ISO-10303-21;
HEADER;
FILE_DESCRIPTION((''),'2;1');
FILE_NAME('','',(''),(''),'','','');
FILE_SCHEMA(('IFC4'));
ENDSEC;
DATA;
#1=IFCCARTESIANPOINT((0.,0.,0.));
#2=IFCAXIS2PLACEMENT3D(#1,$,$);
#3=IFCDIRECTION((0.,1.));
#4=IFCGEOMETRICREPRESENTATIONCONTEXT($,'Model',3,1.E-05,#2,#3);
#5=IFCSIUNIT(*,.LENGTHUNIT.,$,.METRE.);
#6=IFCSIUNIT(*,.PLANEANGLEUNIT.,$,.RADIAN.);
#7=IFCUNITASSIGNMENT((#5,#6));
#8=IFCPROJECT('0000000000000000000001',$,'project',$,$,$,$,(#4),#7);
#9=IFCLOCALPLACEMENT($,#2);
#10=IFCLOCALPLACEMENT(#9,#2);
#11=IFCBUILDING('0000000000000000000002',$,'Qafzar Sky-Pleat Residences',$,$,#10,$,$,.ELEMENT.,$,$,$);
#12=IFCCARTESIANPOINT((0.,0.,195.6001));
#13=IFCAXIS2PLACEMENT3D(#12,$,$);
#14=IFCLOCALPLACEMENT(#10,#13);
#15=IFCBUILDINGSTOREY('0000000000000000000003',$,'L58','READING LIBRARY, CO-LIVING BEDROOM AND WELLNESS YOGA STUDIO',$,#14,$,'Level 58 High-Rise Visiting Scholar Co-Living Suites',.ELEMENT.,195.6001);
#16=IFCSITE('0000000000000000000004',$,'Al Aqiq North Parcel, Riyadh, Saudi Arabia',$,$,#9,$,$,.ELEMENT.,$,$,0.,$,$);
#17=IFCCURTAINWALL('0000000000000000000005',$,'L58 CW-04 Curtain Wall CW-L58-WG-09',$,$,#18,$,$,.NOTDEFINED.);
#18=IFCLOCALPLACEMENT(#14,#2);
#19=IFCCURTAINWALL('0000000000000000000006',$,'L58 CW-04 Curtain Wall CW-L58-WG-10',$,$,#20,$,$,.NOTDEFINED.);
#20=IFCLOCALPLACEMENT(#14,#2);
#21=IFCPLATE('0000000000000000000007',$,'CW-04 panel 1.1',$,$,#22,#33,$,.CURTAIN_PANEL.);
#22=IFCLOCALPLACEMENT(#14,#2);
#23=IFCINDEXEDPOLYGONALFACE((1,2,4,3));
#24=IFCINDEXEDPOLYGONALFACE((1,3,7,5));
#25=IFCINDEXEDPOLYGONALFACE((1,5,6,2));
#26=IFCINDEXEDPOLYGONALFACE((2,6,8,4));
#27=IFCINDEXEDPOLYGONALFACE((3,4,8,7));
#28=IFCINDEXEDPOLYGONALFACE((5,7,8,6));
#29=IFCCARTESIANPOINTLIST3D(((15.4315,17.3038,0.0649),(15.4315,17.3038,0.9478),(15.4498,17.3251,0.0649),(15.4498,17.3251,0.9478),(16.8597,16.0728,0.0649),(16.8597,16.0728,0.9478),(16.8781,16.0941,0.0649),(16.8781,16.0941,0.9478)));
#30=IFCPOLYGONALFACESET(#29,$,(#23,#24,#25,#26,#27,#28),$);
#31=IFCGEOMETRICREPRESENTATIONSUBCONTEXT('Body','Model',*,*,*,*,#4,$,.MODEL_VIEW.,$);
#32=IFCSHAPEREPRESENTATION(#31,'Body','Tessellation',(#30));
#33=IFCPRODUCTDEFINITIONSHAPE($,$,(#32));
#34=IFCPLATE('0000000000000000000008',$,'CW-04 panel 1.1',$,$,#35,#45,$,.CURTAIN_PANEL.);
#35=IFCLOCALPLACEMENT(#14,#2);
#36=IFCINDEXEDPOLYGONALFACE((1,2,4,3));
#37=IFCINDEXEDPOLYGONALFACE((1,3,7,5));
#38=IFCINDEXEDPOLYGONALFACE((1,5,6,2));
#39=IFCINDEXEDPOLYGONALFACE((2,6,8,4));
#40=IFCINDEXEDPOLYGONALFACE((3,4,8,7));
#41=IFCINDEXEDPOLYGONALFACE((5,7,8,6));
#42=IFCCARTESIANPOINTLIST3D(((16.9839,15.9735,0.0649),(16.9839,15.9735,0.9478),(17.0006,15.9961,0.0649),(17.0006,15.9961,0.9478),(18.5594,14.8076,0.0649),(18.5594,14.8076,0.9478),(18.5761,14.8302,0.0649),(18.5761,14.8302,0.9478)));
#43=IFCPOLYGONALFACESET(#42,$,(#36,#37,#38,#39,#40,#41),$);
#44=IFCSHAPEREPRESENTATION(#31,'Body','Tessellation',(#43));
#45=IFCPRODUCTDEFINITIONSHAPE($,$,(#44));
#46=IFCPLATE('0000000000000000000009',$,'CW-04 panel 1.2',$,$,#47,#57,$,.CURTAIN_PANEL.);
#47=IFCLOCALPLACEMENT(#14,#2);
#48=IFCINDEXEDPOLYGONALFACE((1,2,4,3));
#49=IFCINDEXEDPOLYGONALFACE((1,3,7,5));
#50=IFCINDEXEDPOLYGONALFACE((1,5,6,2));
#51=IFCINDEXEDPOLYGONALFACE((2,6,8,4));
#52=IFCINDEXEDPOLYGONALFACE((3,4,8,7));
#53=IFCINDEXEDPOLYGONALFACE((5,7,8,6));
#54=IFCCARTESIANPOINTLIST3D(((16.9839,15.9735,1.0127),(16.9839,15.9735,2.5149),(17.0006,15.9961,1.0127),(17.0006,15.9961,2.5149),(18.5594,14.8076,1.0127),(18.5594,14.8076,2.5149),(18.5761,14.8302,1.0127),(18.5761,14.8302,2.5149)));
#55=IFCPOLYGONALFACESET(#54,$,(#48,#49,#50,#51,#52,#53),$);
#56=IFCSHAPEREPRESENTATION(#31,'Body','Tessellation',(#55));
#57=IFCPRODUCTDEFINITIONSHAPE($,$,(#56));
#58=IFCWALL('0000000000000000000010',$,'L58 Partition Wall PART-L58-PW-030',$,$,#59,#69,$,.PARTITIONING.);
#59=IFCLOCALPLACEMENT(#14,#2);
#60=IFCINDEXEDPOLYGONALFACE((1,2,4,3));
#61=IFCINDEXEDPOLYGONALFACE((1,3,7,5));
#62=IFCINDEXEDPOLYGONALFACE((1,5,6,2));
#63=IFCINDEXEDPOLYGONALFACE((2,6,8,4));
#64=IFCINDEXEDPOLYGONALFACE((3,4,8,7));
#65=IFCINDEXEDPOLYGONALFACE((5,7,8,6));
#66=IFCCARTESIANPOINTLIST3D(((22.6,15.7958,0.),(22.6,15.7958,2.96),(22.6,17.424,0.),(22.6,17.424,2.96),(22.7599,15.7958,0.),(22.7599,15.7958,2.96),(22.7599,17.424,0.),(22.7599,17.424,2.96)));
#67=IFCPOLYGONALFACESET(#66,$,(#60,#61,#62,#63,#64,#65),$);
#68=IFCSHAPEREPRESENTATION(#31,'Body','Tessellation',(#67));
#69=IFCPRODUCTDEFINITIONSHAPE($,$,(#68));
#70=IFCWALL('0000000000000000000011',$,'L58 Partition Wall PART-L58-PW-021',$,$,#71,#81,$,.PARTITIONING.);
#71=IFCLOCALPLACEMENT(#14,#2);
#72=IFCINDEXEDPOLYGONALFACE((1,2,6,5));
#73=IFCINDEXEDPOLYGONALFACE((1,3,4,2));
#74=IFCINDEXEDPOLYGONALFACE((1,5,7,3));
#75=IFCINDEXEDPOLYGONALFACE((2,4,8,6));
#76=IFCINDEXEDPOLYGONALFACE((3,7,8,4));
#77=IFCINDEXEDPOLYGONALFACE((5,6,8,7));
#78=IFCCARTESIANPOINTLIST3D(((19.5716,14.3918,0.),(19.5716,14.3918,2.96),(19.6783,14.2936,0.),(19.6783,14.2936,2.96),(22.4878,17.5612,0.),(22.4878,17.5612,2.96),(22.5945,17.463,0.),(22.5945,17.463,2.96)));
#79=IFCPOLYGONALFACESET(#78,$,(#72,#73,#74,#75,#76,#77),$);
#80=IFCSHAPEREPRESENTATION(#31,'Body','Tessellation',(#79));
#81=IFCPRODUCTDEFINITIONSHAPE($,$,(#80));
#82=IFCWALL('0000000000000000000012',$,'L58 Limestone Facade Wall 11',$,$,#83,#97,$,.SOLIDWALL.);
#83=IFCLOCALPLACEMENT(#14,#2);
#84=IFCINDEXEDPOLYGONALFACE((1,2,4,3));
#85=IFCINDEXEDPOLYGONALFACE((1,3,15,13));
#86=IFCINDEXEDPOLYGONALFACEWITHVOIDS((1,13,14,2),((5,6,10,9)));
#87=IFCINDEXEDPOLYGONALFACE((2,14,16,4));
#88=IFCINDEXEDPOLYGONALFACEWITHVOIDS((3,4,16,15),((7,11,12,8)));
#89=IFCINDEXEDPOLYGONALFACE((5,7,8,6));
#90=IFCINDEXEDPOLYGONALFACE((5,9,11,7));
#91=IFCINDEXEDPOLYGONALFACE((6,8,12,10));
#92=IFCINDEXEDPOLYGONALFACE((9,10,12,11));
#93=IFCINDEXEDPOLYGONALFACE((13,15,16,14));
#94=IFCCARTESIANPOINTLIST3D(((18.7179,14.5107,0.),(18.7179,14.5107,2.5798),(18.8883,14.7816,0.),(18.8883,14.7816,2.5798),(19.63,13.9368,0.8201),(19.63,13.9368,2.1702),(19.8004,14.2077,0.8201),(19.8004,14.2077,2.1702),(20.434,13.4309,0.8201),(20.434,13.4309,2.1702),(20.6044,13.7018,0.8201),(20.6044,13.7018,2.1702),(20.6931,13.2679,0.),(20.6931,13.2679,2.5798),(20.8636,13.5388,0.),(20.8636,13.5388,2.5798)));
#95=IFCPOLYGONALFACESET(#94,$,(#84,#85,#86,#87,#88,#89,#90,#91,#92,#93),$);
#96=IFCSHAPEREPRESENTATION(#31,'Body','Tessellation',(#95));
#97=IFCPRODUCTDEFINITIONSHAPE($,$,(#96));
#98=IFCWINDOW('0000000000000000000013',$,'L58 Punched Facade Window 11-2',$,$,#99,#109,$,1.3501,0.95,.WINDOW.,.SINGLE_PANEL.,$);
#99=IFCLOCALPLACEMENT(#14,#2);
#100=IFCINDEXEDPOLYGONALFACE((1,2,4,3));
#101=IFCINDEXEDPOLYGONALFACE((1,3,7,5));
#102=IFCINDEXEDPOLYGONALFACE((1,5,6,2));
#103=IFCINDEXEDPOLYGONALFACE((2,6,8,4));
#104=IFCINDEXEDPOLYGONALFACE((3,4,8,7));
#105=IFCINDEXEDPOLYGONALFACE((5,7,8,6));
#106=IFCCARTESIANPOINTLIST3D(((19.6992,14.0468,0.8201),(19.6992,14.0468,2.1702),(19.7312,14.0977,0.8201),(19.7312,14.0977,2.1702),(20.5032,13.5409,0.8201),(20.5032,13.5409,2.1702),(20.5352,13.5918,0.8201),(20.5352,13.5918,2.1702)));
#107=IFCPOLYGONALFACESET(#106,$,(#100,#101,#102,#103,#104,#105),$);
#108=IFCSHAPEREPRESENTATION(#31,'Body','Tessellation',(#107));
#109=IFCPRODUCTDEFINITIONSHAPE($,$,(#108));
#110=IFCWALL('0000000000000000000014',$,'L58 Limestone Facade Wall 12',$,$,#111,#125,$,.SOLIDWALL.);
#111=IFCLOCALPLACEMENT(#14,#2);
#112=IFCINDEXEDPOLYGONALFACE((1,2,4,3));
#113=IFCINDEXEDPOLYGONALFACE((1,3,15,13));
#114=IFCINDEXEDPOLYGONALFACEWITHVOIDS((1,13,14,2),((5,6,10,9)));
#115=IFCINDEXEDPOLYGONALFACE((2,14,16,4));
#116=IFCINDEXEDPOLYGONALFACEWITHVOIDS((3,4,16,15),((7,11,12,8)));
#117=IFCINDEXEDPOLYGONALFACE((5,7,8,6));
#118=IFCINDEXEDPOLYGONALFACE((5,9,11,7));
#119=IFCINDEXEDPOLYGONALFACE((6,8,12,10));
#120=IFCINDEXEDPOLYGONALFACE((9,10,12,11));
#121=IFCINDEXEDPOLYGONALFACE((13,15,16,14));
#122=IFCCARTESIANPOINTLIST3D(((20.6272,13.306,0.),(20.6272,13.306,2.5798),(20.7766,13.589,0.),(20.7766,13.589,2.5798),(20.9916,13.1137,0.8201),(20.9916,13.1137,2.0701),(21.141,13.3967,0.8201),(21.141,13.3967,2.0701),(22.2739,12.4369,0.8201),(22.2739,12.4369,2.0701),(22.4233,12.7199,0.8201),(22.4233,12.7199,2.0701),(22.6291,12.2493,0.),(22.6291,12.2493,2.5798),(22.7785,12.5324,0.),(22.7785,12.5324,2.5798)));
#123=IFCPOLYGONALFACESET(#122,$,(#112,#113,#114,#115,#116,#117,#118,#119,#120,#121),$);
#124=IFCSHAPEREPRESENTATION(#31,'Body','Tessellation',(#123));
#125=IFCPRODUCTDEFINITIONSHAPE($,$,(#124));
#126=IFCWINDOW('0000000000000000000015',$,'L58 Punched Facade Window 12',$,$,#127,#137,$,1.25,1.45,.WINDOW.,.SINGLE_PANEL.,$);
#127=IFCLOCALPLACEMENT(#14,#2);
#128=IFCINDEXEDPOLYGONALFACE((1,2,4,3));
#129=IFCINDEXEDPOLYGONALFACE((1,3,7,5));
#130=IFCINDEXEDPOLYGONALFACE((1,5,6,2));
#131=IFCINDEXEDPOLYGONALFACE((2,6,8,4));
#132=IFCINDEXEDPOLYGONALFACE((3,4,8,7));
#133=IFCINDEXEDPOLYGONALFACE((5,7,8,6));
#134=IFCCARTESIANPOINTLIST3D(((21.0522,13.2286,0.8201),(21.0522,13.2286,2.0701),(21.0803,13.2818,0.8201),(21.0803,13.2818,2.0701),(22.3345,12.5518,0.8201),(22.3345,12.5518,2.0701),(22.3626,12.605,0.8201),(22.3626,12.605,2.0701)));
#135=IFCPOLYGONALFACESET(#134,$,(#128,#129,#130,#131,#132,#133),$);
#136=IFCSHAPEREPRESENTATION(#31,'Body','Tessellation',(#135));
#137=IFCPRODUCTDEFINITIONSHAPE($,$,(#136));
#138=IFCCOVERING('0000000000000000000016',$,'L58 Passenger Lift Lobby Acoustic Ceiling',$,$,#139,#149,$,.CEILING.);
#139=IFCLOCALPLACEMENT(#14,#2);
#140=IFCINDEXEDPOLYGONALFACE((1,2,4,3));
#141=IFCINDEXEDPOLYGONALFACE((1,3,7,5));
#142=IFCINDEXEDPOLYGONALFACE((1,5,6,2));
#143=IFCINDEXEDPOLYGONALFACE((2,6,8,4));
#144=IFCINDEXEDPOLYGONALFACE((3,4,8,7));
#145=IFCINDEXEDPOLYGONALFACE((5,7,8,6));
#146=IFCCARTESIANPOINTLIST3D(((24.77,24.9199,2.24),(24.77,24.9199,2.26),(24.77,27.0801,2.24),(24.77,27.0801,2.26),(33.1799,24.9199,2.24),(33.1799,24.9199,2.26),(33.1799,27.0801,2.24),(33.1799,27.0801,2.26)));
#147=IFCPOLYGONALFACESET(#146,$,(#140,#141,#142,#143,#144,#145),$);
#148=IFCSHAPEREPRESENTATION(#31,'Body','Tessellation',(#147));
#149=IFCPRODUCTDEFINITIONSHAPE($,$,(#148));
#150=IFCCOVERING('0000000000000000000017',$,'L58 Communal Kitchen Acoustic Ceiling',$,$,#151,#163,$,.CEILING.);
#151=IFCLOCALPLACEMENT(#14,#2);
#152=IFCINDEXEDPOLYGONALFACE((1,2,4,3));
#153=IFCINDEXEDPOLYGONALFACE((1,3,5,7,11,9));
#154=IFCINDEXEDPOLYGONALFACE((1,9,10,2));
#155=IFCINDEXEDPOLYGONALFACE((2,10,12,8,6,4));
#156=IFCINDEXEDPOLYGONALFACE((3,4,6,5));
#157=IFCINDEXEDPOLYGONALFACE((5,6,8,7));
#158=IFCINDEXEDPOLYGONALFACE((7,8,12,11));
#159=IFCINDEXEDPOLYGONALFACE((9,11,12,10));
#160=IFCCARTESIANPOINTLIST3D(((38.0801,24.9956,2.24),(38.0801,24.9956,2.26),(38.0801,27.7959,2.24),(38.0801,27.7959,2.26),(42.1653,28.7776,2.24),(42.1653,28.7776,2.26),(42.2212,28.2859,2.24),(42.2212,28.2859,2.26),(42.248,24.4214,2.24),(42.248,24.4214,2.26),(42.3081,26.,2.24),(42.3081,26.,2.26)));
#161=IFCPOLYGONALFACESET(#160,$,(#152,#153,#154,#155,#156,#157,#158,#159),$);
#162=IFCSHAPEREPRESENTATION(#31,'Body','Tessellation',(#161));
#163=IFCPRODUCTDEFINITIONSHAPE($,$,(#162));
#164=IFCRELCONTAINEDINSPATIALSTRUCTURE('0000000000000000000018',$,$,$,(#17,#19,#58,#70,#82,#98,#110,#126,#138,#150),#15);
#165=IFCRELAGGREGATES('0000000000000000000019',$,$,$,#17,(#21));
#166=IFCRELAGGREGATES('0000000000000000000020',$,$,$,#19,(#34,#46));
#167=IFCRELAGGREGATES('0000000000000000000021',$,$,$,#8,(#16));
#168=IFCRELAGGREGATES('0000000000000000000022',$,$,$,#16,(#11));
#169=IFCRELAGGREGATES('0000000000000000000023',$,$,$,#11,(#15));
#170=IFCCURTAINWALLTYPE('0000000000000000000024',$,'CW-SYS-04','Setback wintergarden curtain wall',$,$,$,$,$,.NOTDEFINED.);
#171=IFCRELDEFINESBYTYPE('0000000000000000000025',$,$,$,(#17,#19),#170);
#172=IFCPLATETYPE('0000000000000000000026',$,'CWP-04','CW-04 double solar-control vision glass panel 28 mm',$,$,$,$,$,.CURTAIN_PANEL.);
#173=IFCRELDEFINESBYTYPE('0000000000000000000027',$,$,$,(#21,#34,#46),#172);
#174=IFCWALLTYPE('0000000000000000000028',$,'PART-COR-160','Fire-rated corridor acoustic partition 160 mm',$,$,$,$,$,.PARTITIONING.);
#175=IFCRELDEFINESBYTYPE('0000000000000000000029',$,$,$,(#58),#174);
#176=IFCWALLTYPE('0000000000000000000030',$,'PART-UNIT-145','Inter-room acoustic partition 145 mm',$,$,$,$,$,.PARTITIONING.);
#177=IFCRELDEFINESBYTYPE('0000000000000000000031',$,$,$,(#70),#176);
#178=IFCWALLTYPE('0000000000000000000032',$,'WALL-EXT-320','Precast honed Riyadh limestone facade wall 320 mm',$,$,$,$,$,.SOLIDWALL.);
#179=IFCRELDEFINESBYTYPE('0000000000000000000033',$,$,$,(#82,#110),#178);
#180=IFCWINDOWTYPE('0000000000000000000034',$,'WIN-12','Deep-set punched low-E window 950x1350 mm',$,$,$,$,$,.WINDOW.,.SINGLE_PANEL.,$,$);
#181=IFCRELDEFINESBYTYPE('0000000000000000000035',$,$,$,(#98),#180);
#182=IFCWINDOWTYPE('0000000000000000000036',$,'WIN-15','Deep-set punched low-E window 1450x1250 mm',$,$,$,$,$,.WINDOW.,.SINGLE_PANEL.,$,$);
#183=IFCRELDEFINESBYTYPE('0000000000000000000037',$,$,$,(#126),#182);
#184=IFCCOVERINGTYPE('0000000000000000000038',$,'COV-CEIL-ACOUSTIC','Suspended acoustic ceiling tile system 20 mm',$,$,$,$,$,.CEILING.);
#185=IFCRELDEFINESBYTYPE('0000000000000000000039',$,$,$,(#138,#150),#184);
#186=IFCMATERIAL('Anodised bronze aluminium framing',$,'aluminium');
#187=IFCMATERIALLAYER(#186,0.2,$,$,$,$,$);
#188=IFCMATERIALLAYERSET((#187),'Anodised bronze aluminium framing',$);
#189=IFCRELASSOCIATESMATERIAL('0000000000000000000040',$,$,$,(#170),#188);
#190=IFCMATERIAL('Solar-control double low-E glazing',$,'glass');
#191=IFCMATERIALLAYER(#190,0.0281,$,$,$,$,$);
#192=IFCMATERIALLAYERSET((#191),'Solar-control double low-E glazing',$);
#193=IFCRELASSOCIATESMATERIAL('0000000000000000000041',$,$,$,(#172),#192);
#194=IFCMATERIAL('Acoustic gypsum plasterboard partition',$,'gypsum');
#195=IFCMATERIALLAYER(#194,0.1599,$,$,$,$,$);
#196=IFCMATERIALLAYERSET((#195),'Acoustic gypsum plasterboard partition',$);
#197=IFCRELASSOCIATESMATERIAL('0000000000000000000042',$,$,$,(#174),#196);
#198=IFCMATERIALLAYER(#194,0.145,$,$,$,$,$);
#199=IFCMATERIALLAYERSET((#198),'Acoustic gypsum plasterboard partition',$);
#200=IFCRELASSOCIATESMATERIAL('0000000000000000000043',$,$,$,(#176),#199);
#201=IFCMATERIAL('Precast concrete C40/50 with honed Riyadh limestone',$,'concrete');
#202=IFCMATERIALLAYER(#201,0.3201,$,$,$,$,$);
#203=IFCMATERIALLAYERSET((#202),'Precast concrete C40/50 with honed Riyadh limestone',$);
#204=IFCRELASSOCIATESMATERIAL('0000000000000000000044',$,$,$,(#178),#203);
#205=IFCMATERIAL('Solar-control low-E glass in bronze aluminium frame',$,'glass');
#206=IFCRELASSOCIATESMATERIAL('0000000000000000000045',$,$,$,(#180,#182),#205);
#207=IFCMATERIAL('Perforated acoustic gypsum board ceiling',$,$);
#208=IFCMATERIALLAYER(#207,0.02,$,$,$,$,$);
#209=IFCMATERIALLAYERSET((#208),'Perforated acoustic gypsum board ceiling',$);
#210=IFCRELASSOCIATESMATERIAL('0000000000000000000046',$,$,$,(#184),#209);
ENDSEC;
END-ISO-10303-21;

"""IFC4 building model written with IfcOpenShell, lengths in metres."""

from ifc_helpers import new_model, si_unit, direction, frame, frame_2d, origin, origin_2d, place, context, subcontext, project, spatial, polyline, rectangle, outline, extrude, source, transform, mapped, material, layer, layer_set, type_object, element, fill, aggregate, save


model = new_model("IFC4")

# Units and contexts
model_context = context("Model", 3, precision=1e-05, world=origin(), true_north=direction((0.0, 1.0)))
body_context = subcontext(model_context, "Body", "Model", "MODEL_VIEW")
ifc_project = project(units=[si_unit("LENGTHUNIT", "METRE"), si_unit("PLANEANGLEUNIT", "RADIAN")], contexts=[model_context])

# Site, building, storey
site_placement = place(None, origin())
site = spatial("IfcSite", under=ifc_project, at=site_placement, Name="Al Aqiq North Parcel, Riyadh, Saudi Arabia", CompositionType="ELEMENT", RefElevation=0.0)
building_placement = place(site_placement, origin())
building = spatial("IfcBuilding", under=site, at=building_placement, Name="Qafzar Sky-Pleat Residences", CompositionType="ELEMENT")
storey_placement = place(building_placement, frame((0.0, 0.0, 195.6001)))
storey = spatial("IfcBuildingStorey", under=building, at=storey_placement, Name="L58", Description="READING LIBRARY, CO-LIVING BEDROOM AND WELLNESS YOGA STUDIO", LongName="Level 58 High-Rise Visiting Scholar Co-Living Suites", CompositionType="ELEMENT", Elevation=195.6001)

# Curtain wall
ifc_material_1 = material(Name="Anodised bronze aluminium framing", Category="aluminium")
ifc_layer_1 = layer(ifc_material_1, 0.2)
ifc_layer_set_1 = layer_set([ifc_layer_1], Name="Anodised bronze aluminium framing")
curtain_wall_type = type_object("IfcCurtainWallType", Name="CW-SYS-04", Description="Setback wintergarden curtain wall", PredefinedType="NOTDEFINED", material=ifc_layer_set_1)
curtain_wall_1_placement = place(storey_placement, origin())
curtain_wall_1 = element("IfcCurtainWall", 1, at=curtain_wall_1_placement, inside=storey, type_object=curtain_wall_type, Name="L58 CW-04 Curtain Wall CW-L58-WG-09", PredefinedType="NOTDEFINED")

# Curtain wall
curtain_wall_2_placement = place(storey_placement, origin())
curtain_wall_2 = element("IfcCurtainWall", 2, at=curtain_wall_2_placement, inside=storey, type_object=curtain_wall_type, Name="L58 CW-04 Curtain Wall CW-L58-WG-10", PredefinedType="NOTDEFINED")

# Plates
ifc_material_2 = material(Name="Solar-control double low-E glazing", Category="glass")
ifc_layer_2 = layer(ifc_material_2, 0.0281)
ifc_layer_set_2 = layer_set([ifc_layer_2], Name="Solar-control double low-E glazing")
plate_type = type_object("IfcPlateType", Name="CWP-04", Description="CW-04 double solar-control vision glass panel 28 mm", PredefinedType="CURTAIN_PANEL", material=ifc_layer_set_2)
shared_shape_1 = source(origin(), body_context, "Body", "SweptSolid", [
    extrude(rectangle(XDim=1.8855, YDim=0.0281, at=origin_2d()), origin(), (0.0, 0.0, 1.0), 0.8828),
])
plate_1_placement = place(storey_placement, frame((16.1548, 16.699, 0.0649), z_axis=(0.0, 0.0, 1.0), x_axis=(0.757467, -0.652873, 0.0)))
plate_1 = element("IfcPlate", 3, at=plate_1_placement, type_object=plate_type, Name="CW-04 panel 1.1", PredefinedType="CURTAIN_PANEL", context=body_context, shape_type="MappedRepresentation", body=[
    mapped(shared_shape_1, transform((0.0, 0.0, 0.0), x_axis=(1.0, 0.0, 0.0), y_axis=(0.0, 1.0, 0.0), z_axis=(0.0, 0.0, 1.0), scale=1.0)),
])
aggregate(curtain_wall_1, [plate_1])
shared_shape_2 = source(origin(), body_context, "Body", "SweptSolid", [
    extrude(rectangle(XDim=1.96, YDim=0.0281, at=origin_2d()), origin(), (0.0, 0.0, 1.0), 0.8828),
])
plate_2_placement = place(storey_placement, frame((17.78, 15.4019, 0.0649), z_axis=(0.0, 0.0, 1.0), x_axis=(0.803825, -0.594866, 0.0)))
plate_2 = element("IfcPlate", 4, at=plate_2_placement, type_object=plate_type, Name="CW-04 panel 1.1", PredefinedType="CURTAIN_PANEL", context=body_context, shape_type="MappedRepresentation", body=[
    mapped(shared_shape_2, transform((0.0, 0.0, 0.0), x_axis=(1.0, 0.0, 0.0), y_axis=(0.0, 1.0, 0.0), z_axis=(0.0, 0.0, 1.0), scale=1.0)),
])
shared_shape_3 = source(origin(), body_context, "Body", "SweptSolid", [
    extrude(rectangle(XDim=1.96, YDim=0.0281, at=origin_2d()), origin(), (0.0, 0.0, 1.0), 1.5022),
])
plate_3_placement = place(storey_placement, frame((17.78, 15.4019, 1.0127), z_axis=(0.0, 0.0, 1.0), x_axis=(0.803825, -0.594866, 0.0)))
plate_3 = element("IfcPlate", 5, at=plate_3_placement, type_object=plate_type, Name="CW-04 panel 1.2", PredefinedType="CURTAIN_PANEL", context=body_context, shape_type="MappedRepresentation", body=[
    mapped(shared_shape_3, transform((0.0, 0.0, 0.0), x_axis=(1.0, 0.0, 0.0), y_axis=(0.0, 1.0, 0.0), z_axis=(0.0, 0.0, 1.0), scale=1.0)),
])
aggregate(curtain_wall_2, [plate_2, plate_3])

# Walls
ifc_material_3 = material(Name="Acoustic gypsum plasterboard partition", Category="gypsum")
ifc_layer_3 = layer(ifc_material_3, 0.1599)
ifc_layer_set_3 = layer_set([ifc_layer_3], Name="Acoustic gypsum plasterboard partition")
wall_type_1 = type_object("IfcWallType", Name="PART-COR-160", Description="Fire-rated corridor acoustic partition 160 mm", PredefinedType="PARTITIONING", material=ifc_layer_set_3)
wall_1_placement = place(storey_placement, frame((22.6799, 15.7959, 0.0), z_axis=(0.0, 0.0, 1.0), x_axis=(0.0, 1.0, 0.0)))
element("IfcWall", 6, at=wall_1_placement, inside=storey, type_object=wall_type_1, Name="L58 Partition Wall PART-L58-PW-030", PredefinedType="PARTITIONING", context=body_context, shape_type="SweptSolid", body=[
    extrude(rectangle(XDim=1.6282, YDim=0.1599, at=frame_2d((0.814, 0.0))), origin(), (0.0, 0.0, 1.0), 2.96),
])
ifc_layer_4 = layer(ifc_material_3, 0.145)
ifc_layer_set_4 = layer_set([ifc_layer_4], Name="Acoustic gypsum plasterboard partition")
wall_type_2 = type_object("IfcWallType", Name="PART-UNIT-145", Description="Inter-room acoustic partition 145 mm", PredefinedType="PARTITIONING", material=ifc_layer_set_4)
wall_2_placement = place(storey_placement, frame((19.625, 14.3428, 0.0), z_axis=(0.0, 0.0, 1.0), x_axis=(0.677104, 0.735887, 0.0)))
element("IfcWall", 7, at=wall_2_placement, inside=storey, type_object=wall_type_2, Name="L58 Partition Wall PART-L58-PW-021", PredefinedType="PARTITIONING", context=body_context, shape_type="SweptSolid", body=[
    extrude(rectangle(XDim=4.3069, YDim=0.145, at=frame_2d((2.1533, 0.0))), origin(), (0.0, 0.0, 1.0), 2.96),
])

# Walls, openings, windows
ifc_material_4 = material(Name="Precast concrete C40/50 with honed Riyadh limestone", Category="concrete")
ifc_layer_5 = layer(ifc_material_4, 0.3201)
ifc_layer_set_5 = layer_set([ifc_layer_5], Name="Precast concrete C40/50 with honed Riyadh limestone")
wall_type_3 = type_object("IfcWallType", Name="WALL-EXT-320", Description="Precast honed Riyadh limestone facade wall 320 mm", PredefinedType="SOLIDWALL", material=ifc_layer_set_5)
wall_3_placement = place(storey_placement, frame((18.803, 14.6462, 0.0), z_axis=(0.0, 0.0, 1.0), x_axis=(0.84639, -0.532564, 0.0)))
wall_3 = element("IfcWall", 8, at=wall_3_placement, inside=storey, type_object=wall_type_3, Name="L58 Limestone Facade Wall 11", PredefinedType="SOLIDWALL", context=body_context, shape_type="SweptSolid", body=[
    extrude(rectangle(XDim=2.3337, YDim=0.3201, at=frame_2d((1.167, 0.0))), origin(), (0.0, 0.0, 1.0), 2.5798),
])
opening_1_placement = place(wall_3_placement, frame((1.0776, 0.0, 0.8201)))
opening_1 = element("IfcOpeningElement", 9, at=opening_1_placement, cuts=wall_3, PredefinedType="OPENING", context=body_context, shape_type="SweptSolid", body=[
    extrude(rectangle(XDim=0.95, YDim=1.3501, at=frame_2d((0.4751, 0.675))), frame((0.0, 0.1699, 0.0), z_axis=(0.0, -1.0, 0.0), x_axis=(1.0, 0.0, 0.0)), (0.0, 0.0, 1.0), 0.3401),
])
ifc_material_5 = material(Name="Solar-control low-E glass in bronze aluminium frame", Category="glass")
window_type_1 = type_object("IfcWindowType", Name="WIN-12", Description="Deep-set punched low-E window 950x1350 mm", PartitioningType="SINGLE_PANEL", PredefinedType="WINDOW", material=ifc_material_5)
shared_shape_4 = source(origin(), body_context, "Body", "SweptSolid", [
    extrude(rectangle(XDim=0.95, YDim=1.3501, at=frame_2d((0.4751, 0.675))), frame((0.0, 0.03, 0.0), z_axis=(0.0, -1.0, 0.0), x_axis=(1.0, 0.0, 0.0)), (0.0, 0.0, 1.0), 0.0601),
])
window_1_placement = place(opening_1_placement, origin())
window_1 = element("IfcWindow", 10, at=window_1_placement, inside=storey, type_object=window_type_1, Name="L58 Punched Facade Window 11-2", OverallHeight=1.3501, OverallWidth=0.95, PartitioningType="SINGLE_PANEL", PredefinedType="WINDOW", context=body_context, shape_type="MappedRepresentation", body=[
    mapped(shared_shape_4, transform((0.0, 0.0, 0.0), x_axis=(1.0, 0.0, 0.0), y_axis=(0.0, 1.0, 0.0), z_axis=(0.0, 0.0, 1.0), scale=1.0)),
])
fill(opening_1, window_1)
wall_4_placement = place(storey_placement, frame((20.7019, 13.4475, 0.0), z_axis=(0.0, 0.0, 1.0), x_axis=(0.884375, -0.466777, 0.0)))
wall_4 = element("IfcWall", 11, at=wall_4_placement, inside=storey, type_object=wall_type_3, Name="L58 Limestone Facade Wall 12", PredefinedType="SOLIDWALL", context=body_context, shape_type="SweptSolid", body=[
    extrude(rectangle(XDim=2.2637, YDim=0.3201, at=frame_2d((1.1318, 0.0))), origin(), (0.0, 0.0, 1.0), 2.5798),
])
opening_2_placement = place(wall_4_placement, frame((0.4119, 0.0, 0.8201)))
opening_2 = element("IfcOpeningElement", 12, at=opening_2_placement, cuts=wall_4, PredefinedType="OPENING", context=body_context, shape_type="SweptSolid", body=[
    extrude(rectangle(XDim=1.45, YDim=1.25, at=frame_2d((0.7251, 0.625))), frame((0.0, 0.1699, 0.0), z_axis=(0.0, -1.0, 0.0), x_axis=(1.0, 0.0, 0.0)), (0.0, 0.0, 1.0), 0.3401),
])
window_type_2 = type_object("IfcWindowType", Name="WIN-15", Description="Deep-set punched low-E window 1450x1250 mm", PartitioningType="SINGLE_PANEL", PredefinedType="WINDOW", material=ifc_material_5)
shared_shape_5 = source(origin(), body_context, "Body", "SweptSolid", [
    extrude(rectangle(XDim=1.45, YDim=1.25, at=frame_2d((0.7251, 0.625))), frame((0.0, 0.03, 0.0), z_axis=(0.0, -1.0, 0.0), x_axis=(1.0, 0.0, 0.0)), (0.0, 0.0, 1.0), 0.0601),
])
window_2_placement = place(opening_2_placement, origin())
window_2 = element("IfcWindow", 13, at=window_2_placement, inside=storey, type_object=window_type_2, Name="L58 Punched Facade Window 12", OverallHeight=1.25, OverallWidth=1.45, PartitioningType="SINGLE_PANEL", PredefinedType="WINDOW", context=body_context, shape_type="MappedRepresentation", body=[
    mapped(shared_shape_5, transform((0.0, 0.0, 0.0), x_axis=(1.0, 0.0, 0.0), y_axis=(0.0, 1.0, 0.0), z_axis=(0.0, 0.0, 1.0), scale=1.0)),
])
fill(opening_2, window_2)

# Coverings
ifc_material_6 = material(Name="Perforated acoustic gypsum board ceiling")
ifc_layer_6 = layer(ifc_material_6, 0.02)
ifc_layer_set_6 = layer_set([ifc_layer_6], Name="Perforated acoustic gypsum board ceiling")
covering_type_1 = type_object("IfcCoveringType", Name="COV-CEIL-ACOUSTIC", Description="Suspended acoustic ceiling tile system 20 mm", PredefinedType="CEILING", material=ifc_layer_set_6)
covering_1_placement = place(storey_placement, frame((0.0, 0.0, 2.24)))
element("IfcCovering", 14, at=covering_1_placement, inside=storey, type_object=covering_type_1, Name="L58 Passenger Lift Lobby Acoustic Ceiling", PredefinedType="CEILING", context=body_context, shape_type="SweptSolid", body=[
    extrude(outline(polyline([(33.1799, 24.9199), (24.77, 24.9199), (24.77, 27.0801), (33.1799, 27.0801), (33.1799, 24.9199)])), origin(), (0.0, 0.0, 1.0), 0.02),
])
covering_2_placement = place(storey_placement, frame((0.0, 0.0, 2.24)))
element("IfcCovering", 15, at=covering_2_placement, inside=storey, type_object=covering_type_1, Name="L58 Communal Kitchen Acoustic Ceiling", PredefinedType="CEILING", context=body_context, shape_type="SweptSolid", body=[
    extrude(outline(polyline([(42.2212, 28.2859), (42.3081, 26.0), (42.248, 24.4214), (38.0801, 24.9956), (38.0801, 27.7959), (42.1653, 28.7776), (42.2212, 28.2859)])), origin(), (0.0, 0.0, 1.0), 0.02),
])

save(model, "model.ifc")
